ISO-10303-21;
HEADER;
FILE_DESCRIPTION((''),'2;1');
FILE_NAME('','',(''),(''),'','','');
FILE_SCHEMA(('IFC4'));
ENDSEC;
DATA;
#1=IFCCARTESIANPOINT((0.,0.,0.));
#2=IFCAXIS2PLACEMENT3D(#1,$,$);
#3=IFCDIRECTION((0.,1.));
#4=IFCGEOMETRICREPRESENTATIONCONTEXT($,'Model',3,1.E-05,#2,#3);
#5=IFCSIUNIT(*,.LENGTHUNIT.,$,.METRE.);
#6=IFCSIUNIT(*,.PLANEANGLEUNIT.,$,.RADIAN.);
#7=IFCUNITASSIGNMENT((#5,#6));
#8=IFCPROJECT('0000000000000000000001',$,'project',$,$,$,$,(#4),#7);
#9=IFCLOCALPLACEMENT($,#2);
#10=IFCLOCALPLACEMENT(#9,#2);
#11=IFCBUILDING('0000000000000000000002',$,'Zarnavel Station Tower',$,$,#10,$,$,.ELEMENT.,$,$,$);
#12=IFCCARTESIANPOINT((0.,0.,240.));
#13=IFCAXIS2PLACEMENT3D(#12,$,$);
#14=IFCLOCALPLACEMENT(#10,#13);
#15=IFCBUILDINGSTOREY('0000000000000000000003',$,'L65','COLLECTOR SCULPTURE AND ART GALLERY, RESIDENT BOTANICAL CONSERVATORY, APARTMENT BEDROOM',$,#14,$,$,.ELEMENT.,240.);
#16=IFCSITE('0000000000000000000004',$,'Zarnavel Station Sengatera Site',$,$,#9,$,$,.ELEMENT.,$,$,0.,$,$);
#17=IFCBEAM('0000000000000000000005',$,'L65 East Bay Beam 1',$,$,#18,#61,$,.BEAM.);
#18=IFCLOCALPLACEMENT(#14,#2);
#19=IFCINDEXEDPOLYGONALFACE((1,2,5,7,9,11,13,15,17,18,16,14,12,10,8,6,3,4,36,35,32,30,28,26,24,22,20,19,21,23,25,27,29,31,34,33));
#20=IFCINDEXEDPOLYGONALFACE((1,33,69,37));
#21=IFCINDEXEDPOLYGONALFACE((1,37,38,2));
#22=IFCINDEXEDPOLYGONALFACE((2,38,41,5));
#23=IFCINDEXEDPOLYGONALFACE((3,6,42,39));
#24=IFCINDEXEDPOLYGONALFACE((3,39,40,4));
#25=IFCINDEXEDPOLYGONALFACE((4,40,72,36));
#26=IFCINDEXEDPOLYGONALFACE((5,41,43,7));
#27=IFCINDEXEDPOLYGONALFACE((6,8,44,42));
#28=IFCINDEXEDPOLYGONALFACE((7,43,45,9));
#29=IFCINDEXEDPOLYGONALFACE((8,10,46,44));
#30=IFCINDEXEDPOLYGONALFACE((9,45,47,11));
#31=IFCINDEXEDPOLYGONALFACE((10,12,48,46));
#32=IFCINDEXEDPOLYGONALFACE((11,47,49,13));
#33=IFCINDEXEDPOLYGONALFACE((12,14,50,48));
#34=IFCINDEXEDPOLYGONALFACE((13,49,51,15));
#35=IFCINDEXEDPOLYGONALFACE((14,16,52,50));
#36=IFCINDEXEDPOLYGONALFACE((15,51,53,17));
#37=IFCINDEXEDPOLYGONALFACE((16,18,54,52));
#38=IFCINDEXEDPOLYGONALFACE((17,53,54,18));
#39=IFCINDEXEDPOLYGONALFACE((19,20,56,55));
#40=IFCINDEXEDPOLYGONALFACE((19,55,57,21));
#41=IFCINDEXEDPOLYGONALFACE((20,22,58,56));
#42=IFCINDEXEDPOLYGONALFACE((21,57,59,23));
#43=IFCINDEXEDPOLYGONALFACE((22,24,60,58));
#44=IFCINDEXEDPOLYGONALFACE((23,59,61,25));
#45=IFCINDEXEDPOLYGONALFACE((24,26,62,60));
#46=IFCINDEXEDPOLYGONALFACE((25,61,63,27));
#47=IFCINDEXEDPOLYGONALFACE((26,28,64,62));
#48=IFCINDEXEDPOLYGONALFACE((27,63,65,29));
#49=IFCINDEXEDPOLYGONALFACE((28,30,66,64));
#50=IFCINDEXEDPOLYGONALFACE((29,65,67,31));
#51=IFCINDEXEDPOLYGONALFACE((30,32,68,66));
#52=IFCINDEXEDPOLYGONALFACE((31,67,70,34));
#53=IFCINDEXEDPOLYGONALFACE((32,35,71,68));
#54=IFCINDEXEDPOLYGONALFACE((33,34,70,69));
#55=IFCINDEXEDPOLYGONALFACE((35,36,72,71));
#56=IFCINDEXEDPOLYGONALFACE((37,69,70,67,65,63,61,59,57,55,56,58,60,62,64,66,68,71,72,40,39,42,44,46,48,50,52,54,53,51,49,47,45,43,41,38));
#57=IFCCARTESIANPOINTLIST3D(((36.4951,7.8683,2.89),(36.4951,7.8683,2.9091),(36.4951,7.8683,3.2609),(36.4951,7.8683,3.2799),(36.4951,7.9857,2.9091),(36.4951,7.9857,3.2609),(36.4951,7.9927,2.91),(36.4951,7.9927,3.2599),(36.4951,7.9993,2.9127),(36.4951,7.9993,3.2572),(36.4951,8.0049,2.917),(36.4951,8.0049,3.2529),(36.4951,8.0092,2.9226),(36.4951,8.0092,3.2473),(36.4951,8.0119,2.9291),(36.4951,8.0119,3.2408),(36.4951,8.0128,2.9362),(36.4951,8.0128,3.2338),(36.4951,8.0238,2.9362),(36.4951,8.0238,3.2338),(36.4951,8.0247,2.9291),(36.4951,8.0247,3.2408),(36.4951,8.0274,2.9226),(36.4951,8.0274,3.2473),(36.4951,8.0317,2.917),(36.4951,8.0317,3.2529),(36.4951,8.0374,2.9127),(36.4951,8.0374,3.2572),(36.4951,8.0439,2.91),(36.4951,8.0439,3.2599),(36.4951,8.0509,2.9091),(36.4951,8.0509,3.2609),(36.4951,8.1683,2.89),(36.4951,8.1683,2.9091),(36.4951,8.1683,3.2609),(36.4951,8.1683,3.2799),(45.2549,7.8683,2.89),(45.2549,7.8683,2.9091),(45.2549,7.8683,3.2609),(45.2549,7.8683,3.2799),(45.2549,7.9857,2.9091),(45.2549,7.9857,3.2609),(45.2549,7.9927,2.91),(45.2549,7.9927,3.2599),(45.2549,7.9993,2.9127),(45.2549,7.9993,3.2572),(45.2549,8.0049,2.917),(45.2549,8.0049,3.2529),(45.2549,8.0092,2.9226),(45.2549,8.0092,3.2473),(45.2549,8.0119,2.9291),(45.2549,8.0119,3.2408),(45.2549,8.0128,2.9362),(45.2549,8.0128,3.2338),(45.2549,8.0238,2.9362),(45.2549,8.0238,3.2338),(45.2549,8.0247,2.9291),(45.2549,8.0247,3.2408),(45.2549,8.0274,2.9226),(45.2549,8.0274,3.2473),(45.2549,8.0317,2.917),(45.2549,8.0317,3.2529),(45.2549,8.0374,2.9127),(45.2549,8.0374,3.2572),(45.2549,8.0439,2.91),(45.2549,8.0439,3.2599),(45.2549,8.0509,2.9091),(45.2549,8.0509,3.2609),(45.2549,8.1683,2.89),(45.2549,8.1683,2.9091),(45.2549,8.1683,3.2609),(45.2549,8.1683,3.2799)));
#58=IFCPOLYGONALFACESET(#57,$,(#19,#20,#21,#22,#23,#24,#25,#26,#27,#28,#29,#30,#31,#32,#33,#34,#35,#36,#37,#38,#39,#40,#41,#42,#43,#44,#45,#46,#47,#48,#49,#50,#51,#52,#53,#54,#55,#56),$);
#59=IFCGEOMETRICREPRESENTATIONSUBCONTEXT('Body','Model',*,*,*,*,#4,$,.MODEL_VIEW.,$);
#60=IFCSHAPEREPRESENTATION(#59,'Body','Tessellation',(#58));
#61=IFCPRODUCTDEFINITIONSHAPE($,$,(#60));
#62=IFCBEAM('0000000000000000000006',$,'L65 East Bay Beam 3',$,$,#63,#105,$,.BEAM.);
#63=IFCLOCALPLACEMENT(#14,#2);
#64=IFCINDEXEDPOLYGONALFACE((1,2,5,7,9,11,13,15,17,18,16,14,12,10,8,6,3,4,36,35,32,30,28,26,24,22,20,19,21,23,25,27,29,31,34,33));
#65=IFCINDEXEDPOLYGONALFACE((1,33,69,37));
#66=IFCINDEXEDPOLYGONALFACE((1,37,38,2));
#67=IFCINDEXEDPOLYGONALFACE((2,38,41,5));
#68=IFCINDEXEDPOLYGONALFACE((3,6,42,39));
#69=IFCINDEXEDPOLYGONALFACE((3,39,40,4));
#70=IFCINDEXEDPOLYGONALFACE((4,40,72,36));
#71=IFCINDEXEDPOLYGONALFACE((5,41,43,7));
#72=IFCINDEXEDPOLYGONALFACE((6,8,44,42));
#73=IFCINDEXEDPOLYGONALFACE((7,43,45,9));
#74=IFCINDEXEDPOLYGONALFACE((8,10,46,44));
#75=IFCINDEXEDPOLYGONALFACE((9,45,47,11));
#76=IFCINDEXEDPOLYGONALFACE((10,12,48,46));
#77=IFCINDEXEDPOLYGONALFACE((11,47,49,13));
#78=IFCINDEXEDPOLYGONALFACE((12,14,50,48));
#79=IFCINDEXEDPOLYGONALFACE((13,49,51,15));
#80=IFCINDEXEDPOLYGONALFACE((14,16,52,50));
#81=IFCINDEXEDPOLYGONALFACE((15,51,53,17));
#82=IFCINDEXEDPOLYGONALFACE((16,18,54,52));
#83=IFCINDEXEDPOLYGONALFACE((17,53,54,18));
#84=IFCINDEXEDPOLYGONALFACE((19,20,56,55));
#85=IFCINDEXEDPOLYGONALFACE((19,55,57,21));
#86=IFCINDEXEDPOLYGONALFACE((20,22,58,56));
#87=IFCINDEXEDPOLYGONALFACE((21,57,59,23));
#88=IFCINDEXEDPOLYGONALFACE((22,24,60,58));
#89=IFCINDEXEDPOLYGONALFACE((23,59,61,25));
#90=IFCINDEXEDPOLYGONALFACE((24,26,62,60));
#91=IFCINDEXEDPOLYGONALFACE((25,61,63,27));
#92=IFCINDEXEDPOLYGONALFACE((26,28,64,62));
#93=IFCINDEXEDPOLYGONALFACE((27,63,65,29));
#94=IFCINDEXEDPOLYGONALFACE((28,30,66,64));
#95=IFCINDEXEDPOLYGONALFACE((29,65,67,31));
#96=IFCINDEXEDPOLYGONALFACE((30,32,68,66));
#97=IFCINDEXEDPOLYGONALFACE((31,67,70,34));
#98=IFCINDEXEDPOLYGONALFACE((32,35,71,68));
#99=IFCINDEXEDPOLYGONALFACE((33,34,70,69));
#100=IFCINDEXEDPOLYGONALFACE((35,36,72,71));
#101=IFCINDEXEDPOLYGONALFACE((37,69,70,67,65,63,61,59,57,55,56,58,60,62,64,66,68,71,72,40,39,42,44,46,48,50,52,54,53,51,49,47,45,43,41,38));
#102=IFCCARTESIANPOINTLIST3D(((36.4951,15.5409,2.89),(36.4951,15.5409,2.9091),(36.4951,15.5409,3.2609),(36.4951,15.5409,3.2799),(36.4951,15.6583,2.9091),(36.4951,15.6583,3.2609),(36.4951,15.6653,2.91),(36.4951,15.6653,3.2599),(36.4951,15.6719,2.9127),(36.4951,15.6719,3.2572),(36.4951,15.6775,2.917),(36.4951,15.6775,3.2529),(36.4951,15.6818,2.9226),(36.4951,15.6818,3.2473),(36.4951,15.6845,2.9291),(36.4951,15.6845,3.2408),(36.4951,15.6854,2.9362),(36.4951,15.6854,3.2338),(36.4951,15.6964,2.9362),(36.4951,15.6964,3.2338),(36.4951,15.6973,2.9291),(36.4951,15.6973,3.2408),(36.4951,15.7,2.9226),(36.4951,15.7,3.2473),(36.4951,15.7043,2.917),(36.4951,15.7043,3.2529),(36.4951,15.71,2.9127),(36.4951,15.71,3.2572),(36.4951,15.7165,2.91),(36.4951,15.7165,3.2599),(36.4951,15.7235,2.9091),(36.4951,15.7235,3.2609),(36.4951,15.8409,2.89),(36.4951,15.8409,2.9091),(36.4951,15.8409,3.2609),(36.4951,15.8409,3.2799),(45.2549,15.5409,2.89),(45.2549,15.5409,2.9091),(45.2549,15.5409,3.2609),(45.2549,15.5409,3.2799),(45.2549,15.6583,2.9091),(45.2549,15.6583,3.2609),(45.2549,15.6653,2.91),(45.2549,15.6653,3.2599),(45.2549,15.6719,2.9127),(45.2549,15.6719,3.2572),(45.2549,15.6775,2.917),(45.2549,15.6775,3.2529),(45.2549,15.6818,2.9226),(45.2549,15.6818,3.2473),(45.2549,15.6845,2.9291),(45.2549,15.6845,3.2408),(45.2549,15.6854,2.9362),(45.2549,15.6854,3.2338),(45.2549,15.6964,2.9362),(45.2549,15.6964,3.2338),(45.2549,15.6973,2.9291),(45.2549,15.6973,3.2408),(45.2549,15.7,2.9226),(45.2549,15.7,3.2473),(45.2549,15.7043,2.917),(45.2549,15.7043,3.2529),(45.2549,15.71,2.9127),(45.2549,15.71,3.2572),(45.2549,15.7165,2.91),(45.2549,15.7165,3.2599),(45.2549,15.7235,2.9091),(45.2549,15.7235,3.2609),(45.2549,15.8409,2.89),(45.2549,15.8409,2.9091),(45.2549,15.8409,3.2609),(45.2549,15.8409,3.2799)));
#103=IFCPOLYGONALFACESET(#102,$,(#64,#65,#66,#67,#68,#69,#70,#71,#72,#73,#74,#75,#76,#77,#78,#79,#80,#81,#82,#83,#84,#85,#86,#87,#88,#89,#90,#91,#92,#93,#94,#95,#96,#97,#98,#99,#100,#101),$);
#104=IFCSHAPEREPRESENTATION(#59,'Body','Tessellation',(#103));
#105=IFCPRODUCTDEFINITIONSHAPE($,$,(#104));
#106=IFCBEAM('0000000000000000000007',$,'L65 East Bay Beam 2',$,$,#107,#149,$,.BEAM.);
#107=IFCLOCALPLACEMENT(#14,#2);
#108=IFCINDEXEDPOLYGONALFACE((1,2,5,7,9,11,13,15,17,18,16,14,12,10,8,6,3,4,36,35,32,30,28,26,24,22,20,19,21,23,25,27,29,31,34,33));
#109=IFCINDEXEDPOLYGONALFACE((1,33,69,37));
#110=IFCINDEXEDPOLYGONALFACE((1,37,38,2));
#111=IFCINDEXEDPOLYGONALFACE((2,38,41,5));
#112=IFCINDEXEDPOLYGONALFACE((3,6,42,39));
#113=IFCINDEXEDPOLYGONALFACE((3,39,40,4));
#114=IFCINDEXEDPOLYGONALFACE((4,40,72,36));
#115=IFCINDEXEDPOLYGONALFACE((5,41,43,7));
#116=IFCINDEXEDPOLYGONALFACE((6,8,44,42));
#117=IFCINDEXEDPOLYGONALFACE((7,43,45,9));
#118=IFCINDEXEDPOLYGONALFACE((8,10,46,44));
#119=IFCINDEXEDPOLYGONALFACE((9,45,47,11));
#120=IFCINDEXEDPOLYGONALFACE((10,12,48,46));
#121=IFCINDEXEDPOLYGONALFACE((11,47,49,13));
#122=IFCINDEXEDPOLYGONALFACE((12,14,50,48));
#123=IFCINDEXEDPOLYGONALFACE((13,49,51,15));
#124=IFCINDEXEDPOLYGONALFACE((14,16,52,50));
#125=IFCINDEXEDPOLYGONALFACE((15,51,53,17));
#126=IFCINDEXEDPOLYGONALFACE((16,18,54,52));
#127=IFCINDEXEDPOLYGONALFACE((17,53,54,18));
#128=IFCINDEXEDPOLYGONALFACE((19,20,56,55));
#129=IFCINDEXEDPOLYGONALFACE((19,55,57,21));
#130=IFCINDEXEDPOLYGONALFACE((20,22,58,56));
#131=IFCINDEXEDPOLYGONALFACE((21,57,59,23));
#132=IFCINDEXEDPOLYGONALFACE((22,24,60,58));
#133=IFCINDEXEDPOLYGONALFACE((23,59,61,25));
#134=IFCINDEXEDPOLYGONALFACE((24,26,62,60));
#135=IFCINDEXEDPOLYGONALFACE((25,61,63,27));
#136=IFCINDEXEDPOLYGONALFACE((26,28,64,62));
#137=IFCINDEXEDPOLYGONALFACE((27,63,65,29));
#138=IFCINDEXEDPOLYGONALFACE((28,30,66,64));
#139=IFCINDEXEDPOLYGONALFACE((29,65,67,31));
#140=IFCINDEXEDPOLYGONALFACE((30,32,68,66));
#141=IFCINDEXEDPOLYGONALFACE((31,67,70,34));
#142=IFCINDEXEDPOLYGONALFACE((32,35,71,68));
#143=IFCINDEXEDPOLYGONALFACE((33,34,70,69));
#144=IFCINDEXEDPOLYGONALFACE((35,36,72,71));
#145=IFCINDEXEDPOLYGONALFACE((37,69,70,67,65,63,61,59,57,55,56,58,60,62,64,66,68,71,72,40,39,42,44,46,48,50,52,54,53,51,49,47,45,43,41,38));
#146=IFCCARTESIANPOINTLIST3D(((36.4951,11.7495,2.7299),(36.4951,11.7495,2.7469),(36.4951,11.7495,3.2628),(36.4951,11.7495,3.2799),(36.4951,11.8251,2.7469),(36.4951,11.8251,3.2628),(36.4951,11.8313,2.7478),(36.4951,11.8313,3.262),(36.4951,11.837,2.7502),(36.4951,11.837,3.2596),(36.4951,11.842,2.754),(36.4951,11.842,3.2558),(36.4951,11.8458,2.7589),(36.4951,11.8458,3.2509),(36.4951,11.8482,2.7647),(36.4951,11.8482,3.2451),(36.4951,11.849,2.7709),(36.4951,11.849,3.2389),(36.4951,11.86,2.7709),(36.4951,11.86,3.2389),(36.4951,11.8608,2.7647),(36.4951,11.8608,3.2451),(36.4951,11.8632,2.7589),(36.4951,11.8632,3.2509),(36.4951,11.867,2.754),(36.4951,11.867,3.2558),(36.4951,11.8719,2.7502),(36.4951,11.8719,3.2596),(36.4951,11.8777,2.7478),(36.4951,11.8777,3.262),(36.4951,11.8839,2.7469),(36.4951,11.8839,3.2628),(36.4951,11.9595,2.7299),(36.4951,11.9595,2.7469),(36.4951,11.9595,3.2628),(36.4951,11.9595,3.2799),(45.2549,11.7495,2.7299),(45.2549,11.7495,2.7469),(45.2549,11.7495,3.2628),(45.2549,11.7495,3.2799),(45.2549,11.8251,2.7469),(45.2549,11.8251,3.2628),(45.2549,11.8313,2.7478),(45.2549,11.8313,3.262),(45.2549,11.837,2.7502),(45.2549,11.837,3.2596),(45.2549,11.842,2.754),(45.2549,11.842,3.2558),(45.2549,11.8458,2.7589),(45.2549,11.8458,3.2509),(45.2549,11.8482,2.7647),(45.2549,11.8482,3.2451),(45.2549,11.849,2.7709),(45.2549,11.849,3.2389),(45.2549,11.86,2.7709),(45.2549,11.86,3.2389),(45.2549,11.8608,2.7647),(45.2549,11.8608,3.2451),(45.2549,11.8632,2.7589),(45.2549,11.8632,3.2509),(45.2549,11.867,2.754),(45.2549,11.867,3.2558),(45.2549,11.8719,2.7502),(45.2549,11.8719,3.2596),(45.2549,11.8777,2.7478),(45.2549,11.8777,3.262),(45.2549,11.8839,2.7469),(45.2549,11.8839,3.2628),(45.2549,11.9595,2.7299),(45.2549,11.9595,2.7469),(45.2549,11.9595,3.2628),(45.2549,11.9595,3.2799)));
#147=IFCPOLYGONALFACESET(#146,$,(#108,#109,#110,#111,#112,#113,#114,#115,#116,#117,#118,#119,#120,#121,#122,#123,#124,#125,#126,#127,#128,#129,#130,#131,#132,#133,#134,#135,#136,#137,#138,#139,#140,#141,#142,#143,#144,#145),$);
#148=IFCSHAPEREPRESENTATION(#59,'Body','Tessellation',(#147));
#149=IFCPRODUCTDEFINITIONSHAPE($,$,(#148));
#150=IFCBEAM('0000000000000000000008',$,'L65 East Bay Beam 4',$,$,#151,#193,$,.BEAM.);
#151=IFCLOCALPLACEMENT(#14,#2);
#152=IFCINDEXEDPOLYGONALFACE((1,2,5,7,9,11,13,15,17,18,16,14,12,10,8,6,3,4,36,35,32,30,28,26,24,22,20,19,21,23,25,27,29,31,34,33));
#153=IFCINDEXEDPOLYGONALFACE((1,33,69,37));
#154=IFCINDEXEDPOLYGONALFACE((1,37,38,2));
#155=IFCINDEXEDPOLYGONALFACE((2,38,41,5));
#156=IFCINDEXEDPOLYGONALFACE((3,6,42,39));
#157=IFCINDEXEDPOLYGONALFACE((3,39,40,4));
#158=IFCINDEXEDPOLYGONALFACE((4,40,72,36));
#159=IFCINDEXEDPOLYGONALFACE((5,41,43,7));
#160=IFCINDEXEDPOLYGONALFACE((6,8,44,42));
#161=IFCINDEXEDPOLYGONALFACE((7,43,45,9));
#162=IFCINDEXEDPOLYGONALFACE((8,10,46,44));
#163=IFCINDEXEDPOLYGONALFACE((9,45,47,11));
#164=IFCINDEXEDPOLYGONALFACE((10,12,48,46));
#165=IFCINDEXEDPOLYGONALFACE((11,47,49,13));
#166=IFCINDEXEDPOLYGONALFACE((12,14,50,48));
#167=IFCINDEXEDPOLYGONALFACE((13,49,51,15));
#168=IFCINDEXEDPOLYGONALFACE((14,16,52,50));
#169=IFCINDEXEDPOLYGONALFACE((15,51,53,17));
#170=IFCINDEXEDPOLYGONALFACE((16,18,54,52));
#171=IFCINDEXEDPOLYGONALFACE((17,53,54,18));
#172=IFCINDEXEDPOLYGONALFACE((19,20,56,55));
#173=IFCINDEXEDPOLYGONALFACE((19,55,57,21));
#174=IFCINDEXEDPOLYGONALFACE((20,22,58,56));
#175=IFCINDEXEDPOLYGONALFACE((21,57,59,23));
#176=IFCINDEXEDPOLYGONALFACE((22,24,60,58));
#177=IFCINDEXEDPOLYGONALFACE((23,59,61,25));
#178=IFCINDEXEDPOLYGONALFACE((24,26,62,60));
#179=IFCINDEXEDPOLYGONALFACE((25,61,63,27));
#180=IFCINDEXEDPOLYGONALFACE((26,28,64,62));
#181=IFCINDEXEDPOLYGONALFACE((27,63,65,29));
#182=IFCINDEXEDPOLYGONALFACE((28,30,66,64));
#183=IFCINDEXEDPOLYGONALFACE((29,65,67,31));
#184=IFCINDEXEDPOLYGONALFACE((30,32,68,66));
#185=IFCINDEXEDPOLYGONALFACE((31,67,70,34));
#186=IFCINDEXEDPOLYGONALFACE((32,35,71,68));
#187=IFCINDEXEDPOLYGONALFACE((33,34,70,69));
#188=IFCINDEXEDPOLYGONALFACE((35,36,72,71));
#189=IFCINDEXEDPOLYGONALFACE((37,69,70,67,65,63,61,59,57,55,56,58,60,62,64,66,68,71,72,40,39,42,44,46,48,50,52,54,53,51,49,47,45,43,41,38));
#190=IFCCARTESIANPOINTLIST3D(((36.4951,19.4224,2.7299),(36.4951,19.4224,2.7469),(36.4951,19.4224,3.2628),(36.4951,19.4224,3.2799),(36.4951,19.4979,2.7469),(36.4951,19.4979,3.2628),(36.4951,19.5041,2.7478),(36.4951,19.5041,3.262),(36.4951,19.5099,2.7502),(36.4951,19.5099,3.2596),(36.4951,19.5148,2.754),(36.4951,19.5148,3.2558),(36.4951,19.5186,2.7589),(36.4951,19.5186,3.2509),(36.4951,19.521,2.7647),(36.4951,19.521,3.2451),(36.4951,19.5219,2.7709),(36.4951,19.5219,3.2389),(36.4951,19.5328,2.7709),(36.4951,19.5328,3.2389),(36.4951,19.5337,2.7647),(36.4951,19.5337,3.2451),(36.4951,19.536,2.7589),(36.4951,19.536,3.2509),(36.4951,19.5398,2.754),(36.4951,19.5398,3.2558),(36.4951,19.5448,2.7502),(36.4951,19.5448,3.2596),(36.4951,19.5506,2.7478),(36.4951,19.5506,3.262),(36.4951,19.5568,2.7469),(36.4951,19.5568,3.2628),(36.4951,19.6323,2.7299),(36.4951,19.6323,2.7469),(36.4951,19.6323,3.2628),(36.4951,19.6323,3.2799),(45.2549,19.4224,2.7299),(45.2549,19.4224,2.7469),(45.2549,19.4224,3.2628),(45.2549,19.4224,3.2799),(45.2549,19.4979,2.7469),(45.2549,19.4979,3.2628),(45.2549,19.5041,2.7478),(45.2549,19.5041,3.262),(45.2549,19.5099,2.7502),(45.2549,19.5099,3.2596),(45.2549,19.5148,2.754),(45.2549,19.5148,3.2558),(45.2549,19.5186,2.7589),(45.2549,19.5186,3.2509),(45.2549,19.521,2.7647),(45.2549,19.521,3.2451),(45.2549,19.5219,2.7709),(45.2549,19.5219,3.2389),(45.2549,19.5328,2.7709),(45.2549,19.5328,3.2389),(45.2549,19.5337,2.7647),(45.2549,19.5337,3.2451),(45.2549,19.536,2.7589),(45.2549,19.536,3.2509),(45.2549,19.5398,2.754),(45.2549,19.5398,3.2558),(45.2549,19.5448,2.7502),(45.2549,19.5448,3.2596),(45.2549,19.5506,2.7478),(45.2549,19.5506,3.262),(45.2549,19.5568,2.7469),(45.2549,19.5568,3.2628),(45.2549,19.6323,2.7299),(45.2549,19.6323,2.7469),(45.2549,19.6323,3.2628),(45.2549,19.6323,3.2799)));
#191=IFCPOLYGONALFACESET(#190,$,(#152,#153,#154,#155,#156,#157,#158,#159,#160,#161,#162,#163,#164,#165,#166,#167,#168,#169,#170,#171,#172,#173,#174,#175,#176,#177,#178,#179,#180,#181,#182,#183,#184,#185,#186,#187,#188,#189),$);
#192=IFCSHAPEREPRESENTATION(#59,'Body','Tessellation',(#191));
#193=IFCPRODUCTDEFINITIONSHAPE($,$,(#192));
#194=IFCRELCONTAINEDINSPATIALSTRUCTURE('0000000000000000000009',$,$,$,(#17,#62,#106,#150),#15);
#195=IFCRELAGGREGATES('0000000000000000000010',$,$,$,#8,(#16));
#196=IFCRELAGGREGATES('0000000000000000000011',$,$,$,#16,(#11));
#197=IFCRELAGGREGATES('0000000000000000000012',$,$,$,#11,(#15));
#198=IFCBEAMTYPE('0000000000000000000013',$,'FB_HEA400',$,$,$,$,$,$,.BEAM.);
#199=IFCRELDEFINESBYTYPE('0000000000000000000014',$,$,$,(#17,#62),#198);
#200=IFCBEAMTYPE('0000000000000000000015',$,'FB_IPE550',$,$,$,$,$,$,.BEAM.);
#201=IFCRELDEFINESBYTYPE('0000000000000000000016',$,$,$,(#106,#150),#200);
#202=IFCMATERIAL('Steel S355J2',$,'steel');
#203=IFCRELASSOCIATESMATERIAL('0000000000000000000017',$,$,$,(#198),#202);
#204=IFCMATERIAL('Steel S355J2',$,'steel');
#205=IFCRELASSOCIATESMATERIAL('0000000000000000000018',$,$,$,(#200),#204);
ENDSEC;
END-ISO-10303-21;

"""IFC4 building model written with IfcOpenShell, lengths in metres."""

from ifc_helpers import new_model, si_unit, direction, frame, origin, origin_2d, place, context, subcontext, project, spatial, i_section, extrude, material, material_profile, profile_set, type_object, element, save


model = new_model("IFC4")

# Units and contexts
model_context = context("Model", 3, precision=1e-05, world=origin(), true_north=direction((0.0, 1.0)))
body_context = subcontext(model_context, "Body", "Model", "MODEL_VIEW")
ifc_project = project(units=[si_unit("LENGTHUNIT", "METRE"), si_unit("PLANEANGLEUNIT", "RADIAN")], contexts=[model_context])

# Site, building, storey
site_placement = place(None, origin())
site = spatial("IfcSite", under=ifc_project, at=site_placement, Name="Zarnavel Station Sengatera Site", CompositionType="ELEMENT", RefElevation=0.0)
building_placement = place(site_placement, origin())
building = spatial("IfcBuilding", under=site, at=building_placement, Name="Zarnavel Station Tower", CompositionType="ELEMENT")
storey_placement = place(building_placement, frame((0.0, 0.0, 240.0)))
storey = spatial("IfcBuildingStorey", under=building, at=storey_placement, Name="L65", Description="COLLECTOR SCULPTURE AND ART GALLERY, RESIDENT BOTANICAL CONSERVATORY, APARTMENT BEDROOM", CompositionType="ELEMENT", Elevation=240.0)

# Beams
ifc_material_1 = material(Name="Steel S355J2", Category="steel")
ifc_material_profile_1 = material_profile(ifc_material_1, i_section(OverallWidth=0.3, OverallDepth=0.3899, WebThickness=0.011, FlangeThickness=0.019, FilletRadius=0.0271, at=origin_2d()), Name="HEA400")
ifc_profile_set_1 = profile_set([ifc_material_profile_1], Name="Steel S355J2")
beam_type_1 = type_object("IfcBeamType", Name="FB_HEA400", PredefinedType="BEAM", material=ifc_profile_set_1)
for number, where, z_axis, x_axis, name in (
    (1, (36.4951, 8.0183, 3.085), (1.0, 0.0, 0.0), (0.0, 1.0, 0.0), "L65 East Bay Beam 1"),
    (2, (36.4951, 15.6909, 3.085), (1.0, 0.0, 0.0), (0.0, 1.0, 0.0), "L65 East Bay Beam 3"),
):
    element("IfcBeam", number, at=place(storey_placement, frame(where, z_axis=z_axis, x_axis=x_axis)), inside=storey, type_object=beam_type_1, Name=name, PredefinedType="BEAM", context=body_context, shape_type="SweptSolid", body=[
        extrude(i_section(OverallWidth=0.3, OverallDepth=0.3899, WebThickness=0.011, FlangeThickness=0.019, FilletRadius=0.0271, at=origin_2d()), origin(), (0.0, 0.0, 1.0), 8.7598),
    ])
ifc_material_2 = material(Name="Steel S355J2", Category="steel")
ifc_material_profile_2 = material_profile(ifc_material_2, i_section(OverallWidth=0.21, OverallDepth=0.55, WebThickness=0.011, FlangeThickness=0.0171, FilletRadius=0.0239, at=origin_2d()), Name="IPE550")
ifc_profile_set_2 = profile_set([ifc_material_profile_2], Name="Steel S355J2")
beam_type_2 = type_object("IfcBeamType", Name="FB_IPE550", PredefinedType="BEAM", material=ifc_profile_set_2)
for number, where, z_axis, x_axis, name in (
    (3, (36.4951, 11.8545, 3.0049), (1.0, 0.0, 0.0), (0.0, 1.0, 0.0), "L65 East Bay Beam 2"),
    (4, (36.4951, 19.5273, 3.0049), (1.0, 0.0, 0.0), (0.0, 1.0, 0.0), "L65 East Bay Beam 4"),
):
    element("IfcBeam", number, at=place(storey_placement, frame(where, z_axis=z_axis, x_axis=x_axis)), inside=storey, type_object=beam_type_2, Name=name, PredefinedType="BEAM", context=body_context, shape_type="SweptSolid", body=[
        extrude(i_section(OverallWidth=0.21, OverallDepth=0.55, WebThickness=0.011, FlangeThickness=0.0171, FilletRadius=0.0239, at=origin_2d()), origin(), (0.0, 0.0, 1.0), 8.7598),
    ])

save(model, "model.ifc")
